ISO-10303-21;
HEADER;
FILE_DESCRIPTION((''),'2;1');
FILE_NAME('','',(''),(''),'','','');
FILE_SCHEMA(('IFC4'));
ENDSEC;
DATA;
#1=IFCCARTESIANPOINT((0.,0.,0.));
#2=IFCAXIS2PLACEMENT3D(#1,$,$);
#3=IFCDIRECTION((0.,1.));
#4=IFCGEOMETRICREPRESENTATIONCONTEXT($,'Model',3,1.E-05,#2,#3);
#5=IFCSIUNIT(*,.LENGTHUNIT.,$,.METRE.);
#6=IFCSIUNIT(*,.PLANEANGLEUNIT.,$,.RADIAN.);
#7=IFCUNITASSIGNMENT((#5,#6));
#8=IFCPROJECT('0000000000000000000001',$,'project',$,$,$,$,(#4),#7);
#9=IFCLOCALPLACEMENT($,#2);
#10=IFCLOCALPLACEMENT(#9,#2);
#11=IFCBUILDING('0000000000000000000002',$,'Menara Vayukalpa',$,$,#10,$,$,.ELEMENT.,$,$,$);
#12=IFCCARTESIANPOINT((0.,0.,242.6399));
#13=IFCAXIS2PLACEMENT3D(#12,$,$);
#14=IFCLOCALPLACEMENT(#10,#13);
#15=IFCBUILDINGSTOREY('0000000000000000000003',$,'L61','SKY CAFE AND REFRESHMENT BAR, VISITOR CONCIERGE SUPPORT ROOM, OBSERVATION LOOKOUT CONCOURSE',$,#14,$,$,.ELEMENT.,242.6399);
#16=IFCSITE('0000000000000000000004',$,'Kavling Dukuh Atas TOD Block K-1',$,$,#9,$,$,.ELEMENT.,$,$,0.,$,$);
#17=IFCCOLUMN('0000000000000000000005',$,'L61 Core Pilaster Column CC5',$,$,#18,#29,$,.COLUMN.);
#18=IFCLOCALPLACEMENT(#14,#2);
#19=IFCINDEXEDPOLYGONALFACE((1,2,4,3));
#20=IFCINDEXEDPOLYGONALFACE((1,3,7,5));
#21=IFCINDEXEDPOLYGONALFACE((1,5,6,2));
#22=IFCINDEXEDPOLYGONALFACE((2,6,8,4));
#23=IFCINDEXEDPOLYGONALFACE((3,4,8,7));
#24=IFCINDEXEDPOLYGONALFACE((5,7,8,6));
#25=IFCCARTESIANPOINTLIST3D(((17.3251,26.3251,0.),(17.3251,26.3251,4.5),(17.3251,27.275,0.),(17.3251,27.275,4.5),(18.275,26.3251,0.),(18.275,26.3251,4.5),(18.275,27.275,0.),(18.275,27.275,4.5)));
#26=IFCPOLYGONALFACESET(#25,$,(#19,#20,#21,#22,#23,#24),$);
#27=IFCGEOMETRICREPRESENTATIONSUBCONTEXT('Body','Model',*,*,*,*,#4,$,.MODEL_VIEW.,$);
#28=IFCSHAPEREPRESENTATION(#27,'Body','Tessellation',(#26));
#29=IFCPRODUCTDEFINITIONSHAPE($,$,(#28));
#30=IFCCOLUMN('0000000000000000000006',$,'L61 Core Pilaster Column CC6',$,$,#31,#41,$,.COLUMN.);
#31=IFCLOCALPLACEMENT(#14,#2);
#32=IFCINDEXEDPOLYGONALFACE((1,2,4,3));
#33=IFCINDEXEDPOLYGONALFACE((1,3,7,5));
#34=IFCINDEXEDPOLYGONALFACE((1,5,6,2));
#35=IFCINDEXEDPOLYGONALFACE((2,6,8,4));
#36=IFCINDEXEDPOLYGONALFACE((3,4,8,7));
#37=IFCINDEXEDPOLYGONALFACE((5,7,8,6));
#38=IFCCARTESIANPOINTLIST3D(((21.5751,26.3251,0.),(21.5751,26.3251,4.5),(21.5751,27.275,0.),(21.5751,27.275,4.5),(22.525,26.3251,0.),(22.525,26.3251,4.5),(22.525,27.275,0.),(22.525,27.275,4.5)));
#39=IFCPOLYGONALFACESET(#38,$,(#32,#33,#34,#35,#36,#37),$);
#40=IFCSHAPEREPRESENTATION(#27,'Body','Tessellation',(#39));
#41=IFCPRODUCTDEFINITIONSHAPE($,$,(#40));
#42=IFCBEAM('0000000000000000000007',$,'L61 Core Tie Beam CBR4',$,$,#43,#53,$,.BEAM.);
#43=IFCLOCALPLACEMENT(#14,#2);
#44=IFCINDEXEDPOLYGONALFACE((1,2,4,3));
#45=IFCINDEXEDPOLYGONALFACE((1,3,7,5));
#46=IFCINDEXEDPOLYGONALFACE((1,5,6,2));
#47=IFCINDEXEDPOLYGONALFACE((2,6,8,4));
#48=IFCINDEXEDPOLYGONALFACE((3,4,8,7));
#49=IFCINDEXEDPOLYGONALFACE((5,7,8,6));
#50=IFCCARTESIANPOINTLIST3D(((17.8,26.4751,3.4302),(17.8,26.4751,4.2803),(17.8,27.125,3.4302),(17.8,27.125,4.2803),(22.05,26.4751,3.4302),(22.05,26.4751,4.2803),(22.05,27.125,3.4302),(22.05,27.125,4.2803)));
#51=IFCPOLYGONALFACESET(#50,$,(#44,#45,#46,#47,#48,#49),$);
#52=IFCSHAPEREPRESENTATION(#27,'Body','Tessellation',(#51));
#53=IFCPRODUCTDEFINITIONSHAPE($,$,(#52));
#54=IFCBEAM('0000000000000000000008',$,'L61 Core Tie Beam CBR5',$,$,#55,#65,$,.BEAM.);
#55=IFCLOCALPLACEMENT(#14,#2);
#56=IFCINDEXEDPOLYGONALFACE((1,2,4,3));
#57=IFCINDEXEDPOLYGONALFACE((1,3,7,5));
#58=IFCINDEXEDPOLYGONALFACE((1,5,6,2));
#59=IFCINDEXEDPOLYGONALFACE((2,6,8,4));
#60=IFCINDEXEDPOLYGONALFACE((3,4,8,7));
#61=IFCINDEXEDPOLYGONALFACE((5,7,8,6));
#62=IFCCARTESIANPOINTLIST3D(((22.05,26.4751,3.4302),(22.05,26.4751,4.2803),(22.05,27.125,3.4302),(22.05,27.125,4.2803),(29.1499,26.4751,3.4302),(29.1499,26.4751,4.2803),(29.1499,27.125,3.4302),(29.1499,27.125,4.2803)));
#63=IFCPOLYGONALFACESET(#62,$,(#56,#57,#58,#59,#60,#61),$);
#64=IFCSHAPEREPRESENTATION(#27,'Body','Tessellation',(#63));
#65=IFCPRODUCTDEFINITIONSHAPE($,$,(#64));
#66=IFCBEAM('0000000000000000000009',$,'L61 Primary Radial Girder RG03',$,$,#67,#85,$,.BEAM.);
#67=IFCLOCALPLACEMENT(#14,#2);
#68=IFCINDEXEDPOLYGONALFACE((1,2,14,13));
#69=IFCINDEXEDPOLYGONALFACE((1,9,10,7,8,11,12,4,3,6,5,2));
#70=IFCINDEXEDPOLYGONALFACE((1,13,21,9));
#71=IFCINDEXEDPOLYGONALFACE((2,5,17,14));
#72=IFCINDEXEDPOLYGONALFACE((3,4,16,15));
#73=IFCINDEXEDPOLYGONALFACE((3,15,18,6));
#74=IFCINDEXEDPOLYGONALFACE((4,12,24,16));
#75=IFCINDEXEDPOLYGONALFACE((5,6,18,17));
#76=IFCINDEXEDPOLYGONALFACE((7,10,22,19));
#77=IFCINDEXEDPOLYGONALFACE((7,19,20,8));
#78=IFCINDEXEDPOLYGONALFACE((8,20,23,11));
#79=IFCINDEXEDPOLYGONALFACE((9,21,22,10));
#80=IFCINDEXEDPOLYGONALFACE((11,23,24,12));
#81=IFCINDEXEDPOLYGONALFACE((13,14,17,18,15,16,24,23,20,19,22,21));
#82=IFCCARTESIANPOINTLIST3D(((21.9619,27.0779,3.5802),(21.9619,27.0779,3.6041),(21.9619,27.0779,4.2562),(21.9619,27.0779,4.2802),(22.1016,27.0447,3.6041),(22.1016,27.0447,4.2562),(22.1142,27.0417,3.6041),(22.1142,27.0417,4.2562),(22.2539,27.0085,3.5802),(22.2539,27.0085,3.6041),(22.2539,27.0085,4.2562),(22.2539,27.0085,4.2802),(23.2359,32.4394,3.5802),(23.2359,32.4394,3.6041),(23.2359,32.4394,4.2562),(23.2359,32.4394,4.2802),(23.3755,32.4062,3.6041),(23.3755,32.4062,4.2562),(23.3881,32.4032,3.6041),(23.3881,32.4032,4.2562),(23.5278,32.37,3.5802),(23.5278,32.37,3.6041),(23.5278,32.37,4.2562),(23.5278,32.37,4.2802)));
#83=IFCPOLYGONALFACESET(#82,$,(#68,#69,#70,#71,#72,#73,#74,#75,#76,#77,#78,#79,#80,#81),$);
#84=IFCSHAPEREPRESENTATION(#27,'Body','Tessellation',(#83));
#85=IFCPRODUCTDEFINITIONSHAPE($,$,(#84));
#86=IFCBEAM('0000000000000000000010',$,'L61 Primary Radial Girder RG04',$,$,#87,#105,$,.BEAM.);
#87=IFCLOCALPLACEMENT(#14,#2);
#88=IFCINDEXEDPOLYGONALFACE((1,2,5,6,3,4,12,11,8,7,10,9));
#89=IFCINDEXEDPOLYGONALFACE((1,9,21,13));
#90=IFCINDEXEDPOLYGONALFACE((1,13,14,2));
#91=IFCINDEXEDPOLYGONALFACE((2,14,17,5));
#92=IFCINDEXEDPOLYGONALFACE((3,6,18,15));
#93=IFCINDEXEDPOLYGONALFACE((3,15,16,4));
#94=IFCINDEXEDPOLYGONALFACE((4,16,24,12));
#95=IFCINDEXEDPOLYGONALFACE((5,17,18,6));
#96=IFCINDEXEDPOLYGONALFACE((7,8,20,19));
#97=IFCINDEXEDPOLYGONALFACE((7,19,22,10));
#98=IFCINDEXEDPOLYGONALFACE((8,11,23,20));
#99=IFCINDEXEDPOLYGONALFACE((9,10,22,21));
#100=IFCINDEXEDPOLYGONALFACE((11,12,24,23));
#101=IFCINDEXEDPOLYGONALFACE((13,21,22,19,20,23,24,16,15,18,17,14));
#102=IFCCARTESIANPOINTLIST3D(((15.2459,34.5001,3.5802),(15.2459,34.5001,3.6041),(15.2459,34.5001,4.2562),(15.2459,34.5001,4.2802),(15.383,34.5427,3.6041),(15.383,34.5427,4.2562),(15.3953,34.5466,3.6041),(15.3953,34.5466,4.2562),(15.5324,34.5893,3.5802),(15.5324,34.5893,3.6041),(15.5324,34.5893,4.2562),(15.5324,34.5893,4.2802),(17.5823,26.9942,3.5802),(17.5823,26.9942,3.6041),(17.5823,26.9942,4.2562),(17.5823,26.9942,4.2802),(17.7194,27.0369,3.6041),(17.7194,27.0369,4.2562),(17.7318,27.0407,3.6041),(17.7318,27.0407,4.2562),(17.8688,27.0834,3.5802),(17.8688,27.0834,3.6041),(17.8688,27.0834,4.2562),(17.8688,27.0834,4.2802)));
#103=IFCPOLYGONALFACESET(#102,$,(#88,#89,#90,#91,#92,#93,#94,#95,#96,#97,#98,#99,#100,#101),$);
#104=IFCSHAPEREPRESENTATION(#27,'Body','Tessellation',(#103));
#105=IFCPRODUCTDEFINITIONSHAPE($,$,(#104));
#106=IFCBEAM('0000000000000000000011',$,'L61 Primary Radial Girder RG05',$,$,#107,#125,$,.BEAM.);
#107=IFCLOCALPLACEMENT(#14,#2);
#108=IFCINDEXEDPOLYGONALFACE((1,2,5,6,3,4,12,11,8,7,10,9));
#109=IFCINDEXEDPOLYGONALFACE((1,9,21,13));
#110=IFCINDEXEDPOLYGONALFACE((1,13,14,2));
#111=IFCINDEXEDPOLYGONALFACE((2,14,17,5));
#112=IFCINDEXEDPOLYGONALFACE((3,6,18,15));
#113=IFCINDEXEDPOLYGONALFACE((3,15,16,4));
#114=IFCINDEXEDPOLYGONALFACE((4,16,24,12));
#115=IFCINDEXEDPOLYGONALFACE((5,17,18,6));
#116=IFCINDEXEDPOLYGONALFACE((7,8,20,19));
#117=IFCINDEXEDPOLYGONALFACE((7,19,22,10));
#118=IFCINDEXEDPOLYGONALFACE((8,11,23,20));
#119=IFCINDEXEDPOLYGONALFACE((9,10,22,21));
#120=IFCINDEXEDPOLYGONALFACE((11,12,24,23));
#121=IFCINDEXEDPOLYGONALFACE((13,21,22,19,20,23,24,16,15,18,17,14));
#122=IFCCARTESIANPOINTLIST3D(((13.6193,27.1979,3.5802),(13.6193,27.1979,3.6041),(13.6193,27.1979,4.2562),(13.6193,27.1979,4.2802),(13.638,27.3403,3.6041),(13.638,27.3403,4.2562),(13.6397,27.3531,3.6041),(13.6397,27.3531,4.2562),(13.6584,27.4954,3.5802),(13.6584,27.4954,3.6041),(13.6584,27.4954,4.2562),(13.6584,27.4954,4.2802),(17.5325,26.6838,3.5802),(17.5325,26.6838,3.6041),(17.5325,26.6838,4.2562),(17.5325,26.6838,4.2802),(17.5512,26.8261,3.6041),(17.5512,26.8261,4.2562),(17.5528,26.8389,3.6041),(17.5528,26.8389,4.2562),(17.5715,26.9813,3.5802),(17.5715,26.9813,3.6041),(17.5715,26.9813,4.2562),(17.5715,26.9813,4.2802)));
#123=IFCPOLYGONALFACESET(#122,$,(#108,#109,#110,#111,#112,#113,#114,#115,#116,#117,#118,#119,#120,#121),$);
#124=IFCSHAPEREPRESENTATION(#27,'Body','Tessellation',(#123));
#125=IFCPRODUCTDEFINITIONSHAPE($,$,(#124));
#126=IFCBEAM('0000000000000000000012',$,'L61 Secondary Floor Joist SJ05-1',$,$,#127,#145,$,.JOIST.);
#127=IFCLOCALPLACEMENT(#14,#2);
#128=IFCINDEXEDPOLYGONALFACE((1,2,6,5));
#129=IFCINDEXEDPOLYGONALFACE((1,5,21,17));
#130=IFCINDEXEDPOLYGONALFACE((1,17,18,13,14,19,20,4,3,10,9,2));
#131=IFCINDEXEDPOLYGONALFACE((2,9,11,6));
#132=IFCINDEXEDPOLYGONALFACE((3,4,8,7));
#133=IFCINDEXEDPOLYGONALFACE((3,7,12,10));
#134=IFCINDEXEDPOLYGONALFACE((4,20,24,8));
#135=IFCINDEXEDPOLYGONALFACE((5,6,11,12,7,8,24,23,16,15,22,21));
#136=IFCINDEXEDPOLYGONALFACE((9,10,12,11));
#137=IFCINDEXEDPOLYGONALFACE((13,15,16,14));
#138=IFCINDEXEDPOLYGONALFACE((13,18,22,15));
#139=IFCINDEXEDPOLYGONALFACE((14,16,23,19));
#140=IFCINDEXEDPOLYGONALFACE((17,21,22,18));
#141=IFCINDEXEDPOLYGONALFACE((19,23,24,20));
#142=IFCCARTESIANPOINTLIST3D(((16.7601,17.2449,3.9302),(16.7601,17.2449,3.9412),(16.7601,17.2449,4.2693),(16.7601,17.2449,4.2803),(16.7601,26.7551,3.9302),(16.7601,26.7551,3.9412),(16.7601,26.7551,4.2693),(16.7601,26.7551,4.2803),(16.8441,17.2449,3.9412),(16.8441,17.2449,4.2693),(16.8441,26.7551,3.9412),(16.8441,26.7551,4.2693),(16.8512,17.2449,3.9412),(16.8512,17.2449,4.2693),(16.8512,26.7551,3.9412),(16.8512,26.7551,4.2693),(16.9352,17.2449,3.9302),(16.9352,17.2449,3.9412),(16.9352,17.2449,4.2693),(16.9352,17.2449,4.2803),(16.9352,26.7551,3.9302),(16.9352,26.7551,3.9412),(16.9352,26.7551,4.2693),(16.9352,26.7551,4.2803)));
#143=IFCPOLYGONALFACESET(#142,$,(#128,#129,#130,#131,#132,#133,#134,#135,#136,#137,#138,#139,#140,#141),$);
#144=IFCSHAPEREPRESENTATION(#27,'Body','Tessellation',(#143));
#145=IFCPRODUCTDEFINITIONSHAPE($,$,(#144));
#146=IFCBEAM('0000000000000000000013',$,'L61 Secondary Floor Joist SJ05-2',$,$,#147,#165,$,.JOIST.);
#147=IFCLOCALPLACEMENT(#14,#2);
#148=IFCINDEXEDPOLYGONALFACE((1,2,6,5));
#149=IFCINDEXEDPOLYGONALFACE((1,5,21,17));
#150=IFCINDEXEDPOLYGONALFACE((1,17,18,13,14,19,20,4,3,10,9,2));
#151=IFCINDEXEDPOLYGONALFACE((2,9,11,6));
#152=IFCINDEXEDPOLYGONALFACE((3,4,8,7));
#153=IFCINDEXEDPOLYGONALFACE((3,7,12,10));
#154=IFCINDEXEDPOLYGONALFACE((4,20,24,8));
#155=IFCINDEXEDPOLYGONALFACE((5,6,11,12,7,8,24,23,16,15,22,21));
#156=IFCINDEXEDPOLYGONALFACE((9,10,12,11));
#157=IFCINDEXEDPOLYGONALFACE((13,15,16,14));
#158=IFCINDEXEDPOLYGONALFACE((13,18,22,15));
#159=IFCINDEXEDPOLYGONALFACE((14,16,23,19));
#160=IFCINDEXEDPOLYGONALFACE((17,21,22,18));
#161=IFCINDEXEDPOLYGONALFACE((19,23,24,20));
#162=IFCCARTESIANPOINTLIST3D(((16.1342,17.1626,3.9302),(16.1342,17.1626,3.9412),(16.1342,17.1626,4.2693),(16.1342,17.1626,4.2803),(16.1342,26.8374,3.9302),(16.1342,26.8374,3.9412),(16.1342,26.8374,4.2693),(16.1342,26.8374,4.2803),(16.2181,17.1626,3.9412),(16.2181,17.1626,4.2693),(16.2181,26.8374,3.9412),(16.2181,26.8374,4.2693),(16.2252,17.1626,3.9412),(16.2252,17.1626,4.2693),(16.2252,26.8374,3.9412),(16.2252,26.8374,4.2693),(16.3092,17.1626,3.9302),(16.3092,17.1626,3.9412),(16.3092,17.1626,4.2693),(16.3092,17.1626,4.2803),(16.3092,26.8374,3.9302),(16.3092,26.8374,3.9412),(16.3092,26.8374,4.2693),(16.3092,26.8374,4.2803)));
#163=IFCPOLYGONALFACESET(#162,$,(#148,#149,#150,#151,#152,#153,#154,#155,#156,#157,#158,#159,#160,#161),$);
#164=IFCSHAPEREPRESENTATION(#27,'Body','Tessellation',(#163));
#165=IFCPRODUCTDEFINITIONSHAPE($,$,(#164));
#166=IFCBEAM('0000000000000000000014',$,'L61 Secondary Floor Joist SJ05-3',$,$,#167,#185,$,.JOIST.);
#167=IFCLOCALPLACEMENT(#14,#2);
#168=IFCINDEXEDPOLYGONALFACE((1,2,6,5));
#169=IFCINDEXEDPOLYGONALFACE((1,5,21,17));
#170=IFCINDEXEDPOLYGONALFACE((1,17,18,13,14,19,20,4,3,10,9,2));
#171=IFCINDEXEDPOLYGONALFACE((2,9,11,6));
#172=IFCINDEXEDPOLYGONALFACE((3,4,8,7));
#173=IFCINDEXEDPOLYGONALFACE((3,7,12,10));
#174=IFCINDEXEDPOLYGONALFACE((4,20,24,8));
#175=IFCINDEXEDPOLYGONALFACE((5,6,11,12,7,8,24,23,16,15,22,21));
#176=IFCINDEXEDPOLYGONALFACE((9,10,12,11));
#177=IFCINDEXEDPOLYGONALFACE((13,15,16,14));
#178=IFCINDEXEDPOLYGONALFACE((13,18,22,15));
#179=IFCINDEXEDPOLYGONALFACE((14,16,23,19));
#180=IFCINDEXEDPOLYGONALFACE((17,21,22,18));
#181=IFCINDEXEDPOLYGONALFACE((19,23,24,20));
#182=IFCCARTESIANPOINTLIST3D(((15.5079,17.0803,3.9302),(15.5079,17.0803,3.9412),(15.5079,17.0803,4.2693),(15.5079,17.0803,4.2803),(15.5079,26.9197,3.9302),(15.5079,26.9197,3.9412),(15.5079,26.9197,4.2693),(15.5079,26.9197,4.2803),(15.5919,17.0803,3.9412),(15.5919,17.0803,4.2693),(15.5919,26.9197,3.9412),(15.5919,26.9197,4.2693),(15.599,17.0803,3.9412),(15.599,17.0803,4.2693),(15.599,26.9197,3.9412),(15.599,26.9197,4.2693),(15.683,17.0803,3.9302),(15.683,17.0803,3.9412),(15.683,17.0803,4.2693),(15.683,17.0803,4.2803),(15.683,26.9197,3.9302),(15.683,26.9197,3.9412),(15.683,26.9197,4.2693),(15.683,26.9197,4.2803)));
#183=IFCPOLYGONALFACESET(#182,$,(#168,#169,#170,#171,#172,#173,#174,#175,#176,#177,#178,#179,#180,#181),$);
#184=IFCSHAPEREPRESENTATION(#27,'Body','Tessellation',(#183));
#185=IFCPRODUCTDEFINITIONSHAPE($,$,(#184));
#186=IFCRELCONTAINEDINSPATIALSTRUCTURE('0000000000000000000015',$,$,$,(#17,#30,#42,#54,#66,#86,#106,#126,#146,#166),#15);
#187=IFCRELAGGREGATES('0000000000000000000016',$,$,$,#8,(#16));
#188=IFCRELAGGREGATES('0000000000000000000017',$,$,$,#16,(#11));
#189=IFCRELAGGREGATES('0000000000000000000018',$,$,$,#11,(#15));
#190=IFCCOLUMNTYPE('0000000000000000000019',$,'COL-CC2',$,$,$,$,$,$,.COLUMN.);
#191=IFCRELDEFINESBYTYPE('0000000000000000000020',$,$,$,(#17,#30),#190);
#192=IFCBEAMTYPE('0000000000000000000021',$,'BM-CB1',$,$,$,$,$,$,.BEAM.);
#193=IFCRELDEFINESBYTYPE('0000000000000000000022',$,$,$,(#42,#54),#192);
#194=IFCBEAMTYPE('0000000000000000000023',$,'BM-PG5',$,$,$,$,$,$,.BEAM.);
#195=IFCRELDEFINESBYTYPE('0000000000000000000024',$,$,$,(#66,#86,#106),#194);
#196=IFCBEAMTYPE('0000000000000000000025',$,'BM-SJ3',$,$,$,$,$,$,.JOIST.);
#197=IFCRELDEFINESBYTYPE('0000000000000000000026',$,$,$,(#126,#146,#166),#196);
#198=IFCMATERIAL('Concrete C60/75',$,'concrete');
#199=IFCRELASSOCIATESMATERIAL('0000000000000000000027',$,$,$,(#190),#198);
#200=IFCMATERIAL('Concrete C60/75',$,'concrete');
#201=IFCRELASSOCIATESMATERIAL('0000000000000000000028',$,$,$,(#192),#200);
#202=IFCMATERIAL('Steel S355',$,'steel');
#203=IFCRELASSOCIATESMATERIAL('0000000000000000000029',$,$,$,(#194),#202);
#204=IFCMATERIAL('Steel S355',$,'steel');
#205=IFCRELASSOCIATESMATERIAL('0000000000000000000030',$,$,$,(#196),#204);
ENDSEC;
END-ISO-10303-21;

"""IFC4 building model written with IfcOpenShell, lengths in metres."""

from ifc_helpers import new_model, si_unit, direction, frame, origin, origin_2d, place, context, subcontext, project, spatial, rectangle, i_section, extrude, material, material_profile, profile_set, type_object, element, save


model = new_model("IFC4")

# Units and contexts
model_context = context("Model", 3, precision=1e-05, world=origin(), true_north=direction((0.0, 1.0)))
body_context = subcontext(model_context, "Body", "Model", "MODEL_VIEW")
ifc_project = project(units=[si_unit("LENGTHUNIT", "METRE"), si_unit("PLANEANGLEUNIT", "RADIAN")], contexts=[model_context])

# Site, building, storey
site_placement = place(None, origin())
site = spatial("IfcSite", under=ifc_project, at=site_placement, Name="Kavling Dukuh Atas TOD Block K-1", CompositionType="ELEMENT", RefElevation=0.0)
building_placement = place(site_placement, origin())
building = spatial("IfcBuilding", under=site, at=building_placement, Name="Menara Vayukalpa", CompositionType="ELEMENT")
storey_placement = place(building_placement, frame((0.0, 0.0, 242.6399)))
storey = spatial("IfcBuildingStorey", under=building, at=storey_placement, Name="L61", Description="SKY CAFE AND REFRESHMENT BAR, VISITOR CONCIERGE SUPPORT ROOM, OBSERVATION LOOKOUT CONCOURSE", CompositionType="ELEMENT", Elevation=242.6399)

# Columns
ifc_material_1 = material(Name="Concrete C60/75", Category="concrete")
ifc_material_profile_1 = material_profile(ifc_material_1, rectangle(XDim=0.95, YDim=0.95, at=origin_2d()), Name="RC 950x950")
ifc_profile_set_1 = profile_set([ifc_material_profile_1], Name="Concrete C60/75")
column_type = type_object("IfcColumnType", Name="COL-CC2", PredefinedType="COLUMN", material=ifc_profile_set_1)
for number, where, z_axis, x_axis, name in (
    (1, (17.8, 26.8, 0.0), (0.0, 0.0, 1.0), (1.0, 0.0, 0.0), "L61 Core Pilaster Column CC5"),
    (2, (22.05, 26.8, 0.0), (0.0, 0.0, 1.0), (1.0, 0.0, 0.0), "L61 Core Pilaster Column CC6"),
):
    element("IfcColumn", number, at=place(storey_placement, frame(where, z_axis=z_axis, x_axis=x_axis)), inside=storey, type_object=column_type, Name=name, PredefinedType="COLUMN", context=body_context, shape_type="SweptSolid", body=[
        extrude(rectangle(XDim=0.95, YDim=0.95, at=origin_2d()), origin(), (0.0, 0.0, 1.0), 4.5),
    ])

# Beams
ifc_material_2 = material(Name="Concrete C60/75", Category="concrete")
ifc_material_profile_2 = material_profile(ifc_material_2, rectangle(XDim=0.6499, YDim=0.8501, at=origin_2d()), Name="RC 650x850")
ifc_profile_set_2 = profile_set([ifc_material_profile_2], Name="Concrete C60/75")
beam_type_1 = type_object("IfcBeamType", Name="BM-CB1", PredefinedType="BEAM", material=ifc_profile_set_2)
beam_1_placement = place(storey_placement, frame((17.8, 26.8, 3.8552), z_axis=(1.0, 0.0, 0.0), x_axis=(0.0, 1.0, 0.0)))
element("IfcBeam", 3, at=beam_1_placement, inside=storey, type_object=beam_type_1, Name="L61 Core Tie Beam CBR4", PredefinedType="BEAM", context=body_context, shape_type="SweptSolid", body=[
    extrude(rectangle(XDim=0.6499, YDim=0.8501, at=origin_2d()), origin(), (0.0, 0.0, 1.0), 4.25),
])
beam_2_placement = place(storey_placement, frame((22.05, 26.8, 3.8552), z_axis=(1.0, 0.0, 0.0), x_axis=(0.0, 1.0, 0.0)))
element("IfcBeam", 4, at=beam_2_placement, inside=storey, type_object=beam_type_1, Name="L61 Core Tie Beam CBR5", PredefinedType="BEAM", context=body_context, shape_type="SweptSolid", body=[
    extrude(rectangle(XDim=0.6499, YDim=0.8501, at=origin_2d()), origin(), (0.0, 0.0, 1.0), 7.0999),
])
ifc_material_3 = material(Name="Steel S355", Category="steel")
ifc_material_profile_3 = material_profile(ifc_material_3, i_section(OverallWidth=0.3, OverallDepth=0.7, WebThickness=0.0129, FlangeThickness=0.0239, at=origin_2d()), Name="WF 700x300x13x24")
ifc_profile_set_3 = profile_set([ifc_material_profile_3], Name="Steel S355")
beam_type_2 = type_object("IfcBeamType", Name="BM-PG5", PredefinedType="BEAM", material=ifc_profile_set_3)
beam_3_placement = place(storey_placement, frame((22.1079, 27.0432, 3.9302), z_axis=(0.231167, 0.972914, 0.0), x_axis=(-0.972914, 0.231167, 0.0)))
element("IfcBeam", 5, at=beam_3_placement, inside=storey, type_object=beam_type_2, Name="L61 Primary Radial Girder RG03", PredefinedType="BEAM", context=body_context, shape_type="SweptSolid", body=[
    extrude(i_section(OverallWidth=0.3, OverallDepth=0.7, WebThickness=0.0129, FlangeThickness=0.0239, at=origin_2d()), origin(), (0.0, 0.0, 1.0), 5.5107),
])
beam_4_placement = place(storey_placement, frame((17.7256, 27.0388, 3.9302), z_axis=(-0.297214, 0.954811, 0.0), x_axis=(-0.954811, -0.297214, 0.0)))
element("IfcBeam", 6, at=beam_4_placement, inside=storey, type_object=beam_type_2, Name="L61 Primary Radial Girder RG04", PredefinedType="BEAM", context=body_context, shape_type="SweptSolid", body=[
    extrude(i_section(OverallWidth=0.3, OverallDepth=0.7, WebThickness=0.0129, FlangeThickness=0.0239, at=origin_2d()), origin(), (0.0, 0.0, 1.0), 7.8611),
])
beam_5_placement = place(storey_placement, frame((17.552, 26.8325, 3.9302), z_axis=(-0.991478, 0.130275, 0.0), x_axis=(-0.130275, -0.991478, 0.0)))
element("IfcBeam", 7, at=beam_5_placement, inside=storey, type_object=beam_type_2, Name="L61 Primary Radial Girder RG05", PredefinedType="BEAM", context=body_context, shape_type="SweptSolid", body=[
    extrude(i_section(OverallWidth=0.3, OverallDepth=0.7, WebThickness=0.0129, FlangeThickness=0.0239, at=origin_2d()), origin(), (0.0, 0.0, 1.0), 3.9468),
])
ifc_material_4 = material(Name="Steel S355", Category="steel")
ifc_material_profile_4 = material_profile(ifc_material_4, i_section(OverallWidth=0.175, OverallDepth=0.3501, WebThickness=0.0071, FlangeThickness=0.011, at=origin_2d()), Name="WF 350x175x7x11")
ifc_profile_set_4 = profile_set([ifc_material_profile_4], Name="Steel S355")
beam_type_3 = type_object("IfcBeamType", Name="BM-SJ3", PredefinedType="JOIST", material=ifc_profile_set_4)
beam_6_placement = place(storey_placement, frame((16.8477, 26.7551, 4.1052), z_axis=(0.0, -1.0, 0.0), x_axis=(1.0, 0.0, 0.0)))
element("IfcBeam", 8, at=beam_6_placement, inside=storey, type_object=beam_type_3, Name="L61 Secondary Floor Joist SJ05-1", PredefinedType="JOIST", context=body_context, shape_type="SweptSolid", body=[
    extrude(i_section(OverallWidth=0.175, OverallDepth=0.3501, WebThickness=0.0071, FlangeThickness=0.011, at=origin_2d()), origin(), (0.0, 0.0, 1.0), 9.5103),
])
beam_7_placement = place(storey_placement, frame((16.2217, 26.8374, 4.1052), z_axis=(0.0, -1.0, 0.0), x_axis=(1.0, 0.0, 0.0)))
element("IfcBeam", 9, at=beam_7_placement, inside=storey, type_object=beam_type_3, Name="L61 Secondary Floor Joist SJ05-2", PredefinedType="JOIST", context=body_context, shape_type="SweptSolid", body=[
    extrude(i_section(OverallWidth=0.175, OverallDepth=0.3501, WebThickness=0.0071, FlangeThickness=0.011, at=origin_2d()), origin(), (0.0, 0.0, 1.0), 9.6748),
])
beam_8_placement = place(storey_placement, frame((15.5955, 26.9197, 4.1052), z_axis=(0.0, -1.0, 0.0), x_axis=(1.0, 0.0, 0.0)))
element("IfcBeam", 10, at=beam_8_placement, inside=storey, type_object=beam_type_3, Name="L61 Secondary Floor Joist SJ05-3", PredefinedType="JOIST", context=body_context, shape_type="SweptSolid", body=[
    extrude(i_section(OverallWidth=0.175, OverallDepth=0.3501, WebThickness=0.0071, FlangeThickness=0.011, at=origin_2d()), origin(), (0.0, 0.0, 1.0), 9.8394),
])

save(model, "model.ifc")
